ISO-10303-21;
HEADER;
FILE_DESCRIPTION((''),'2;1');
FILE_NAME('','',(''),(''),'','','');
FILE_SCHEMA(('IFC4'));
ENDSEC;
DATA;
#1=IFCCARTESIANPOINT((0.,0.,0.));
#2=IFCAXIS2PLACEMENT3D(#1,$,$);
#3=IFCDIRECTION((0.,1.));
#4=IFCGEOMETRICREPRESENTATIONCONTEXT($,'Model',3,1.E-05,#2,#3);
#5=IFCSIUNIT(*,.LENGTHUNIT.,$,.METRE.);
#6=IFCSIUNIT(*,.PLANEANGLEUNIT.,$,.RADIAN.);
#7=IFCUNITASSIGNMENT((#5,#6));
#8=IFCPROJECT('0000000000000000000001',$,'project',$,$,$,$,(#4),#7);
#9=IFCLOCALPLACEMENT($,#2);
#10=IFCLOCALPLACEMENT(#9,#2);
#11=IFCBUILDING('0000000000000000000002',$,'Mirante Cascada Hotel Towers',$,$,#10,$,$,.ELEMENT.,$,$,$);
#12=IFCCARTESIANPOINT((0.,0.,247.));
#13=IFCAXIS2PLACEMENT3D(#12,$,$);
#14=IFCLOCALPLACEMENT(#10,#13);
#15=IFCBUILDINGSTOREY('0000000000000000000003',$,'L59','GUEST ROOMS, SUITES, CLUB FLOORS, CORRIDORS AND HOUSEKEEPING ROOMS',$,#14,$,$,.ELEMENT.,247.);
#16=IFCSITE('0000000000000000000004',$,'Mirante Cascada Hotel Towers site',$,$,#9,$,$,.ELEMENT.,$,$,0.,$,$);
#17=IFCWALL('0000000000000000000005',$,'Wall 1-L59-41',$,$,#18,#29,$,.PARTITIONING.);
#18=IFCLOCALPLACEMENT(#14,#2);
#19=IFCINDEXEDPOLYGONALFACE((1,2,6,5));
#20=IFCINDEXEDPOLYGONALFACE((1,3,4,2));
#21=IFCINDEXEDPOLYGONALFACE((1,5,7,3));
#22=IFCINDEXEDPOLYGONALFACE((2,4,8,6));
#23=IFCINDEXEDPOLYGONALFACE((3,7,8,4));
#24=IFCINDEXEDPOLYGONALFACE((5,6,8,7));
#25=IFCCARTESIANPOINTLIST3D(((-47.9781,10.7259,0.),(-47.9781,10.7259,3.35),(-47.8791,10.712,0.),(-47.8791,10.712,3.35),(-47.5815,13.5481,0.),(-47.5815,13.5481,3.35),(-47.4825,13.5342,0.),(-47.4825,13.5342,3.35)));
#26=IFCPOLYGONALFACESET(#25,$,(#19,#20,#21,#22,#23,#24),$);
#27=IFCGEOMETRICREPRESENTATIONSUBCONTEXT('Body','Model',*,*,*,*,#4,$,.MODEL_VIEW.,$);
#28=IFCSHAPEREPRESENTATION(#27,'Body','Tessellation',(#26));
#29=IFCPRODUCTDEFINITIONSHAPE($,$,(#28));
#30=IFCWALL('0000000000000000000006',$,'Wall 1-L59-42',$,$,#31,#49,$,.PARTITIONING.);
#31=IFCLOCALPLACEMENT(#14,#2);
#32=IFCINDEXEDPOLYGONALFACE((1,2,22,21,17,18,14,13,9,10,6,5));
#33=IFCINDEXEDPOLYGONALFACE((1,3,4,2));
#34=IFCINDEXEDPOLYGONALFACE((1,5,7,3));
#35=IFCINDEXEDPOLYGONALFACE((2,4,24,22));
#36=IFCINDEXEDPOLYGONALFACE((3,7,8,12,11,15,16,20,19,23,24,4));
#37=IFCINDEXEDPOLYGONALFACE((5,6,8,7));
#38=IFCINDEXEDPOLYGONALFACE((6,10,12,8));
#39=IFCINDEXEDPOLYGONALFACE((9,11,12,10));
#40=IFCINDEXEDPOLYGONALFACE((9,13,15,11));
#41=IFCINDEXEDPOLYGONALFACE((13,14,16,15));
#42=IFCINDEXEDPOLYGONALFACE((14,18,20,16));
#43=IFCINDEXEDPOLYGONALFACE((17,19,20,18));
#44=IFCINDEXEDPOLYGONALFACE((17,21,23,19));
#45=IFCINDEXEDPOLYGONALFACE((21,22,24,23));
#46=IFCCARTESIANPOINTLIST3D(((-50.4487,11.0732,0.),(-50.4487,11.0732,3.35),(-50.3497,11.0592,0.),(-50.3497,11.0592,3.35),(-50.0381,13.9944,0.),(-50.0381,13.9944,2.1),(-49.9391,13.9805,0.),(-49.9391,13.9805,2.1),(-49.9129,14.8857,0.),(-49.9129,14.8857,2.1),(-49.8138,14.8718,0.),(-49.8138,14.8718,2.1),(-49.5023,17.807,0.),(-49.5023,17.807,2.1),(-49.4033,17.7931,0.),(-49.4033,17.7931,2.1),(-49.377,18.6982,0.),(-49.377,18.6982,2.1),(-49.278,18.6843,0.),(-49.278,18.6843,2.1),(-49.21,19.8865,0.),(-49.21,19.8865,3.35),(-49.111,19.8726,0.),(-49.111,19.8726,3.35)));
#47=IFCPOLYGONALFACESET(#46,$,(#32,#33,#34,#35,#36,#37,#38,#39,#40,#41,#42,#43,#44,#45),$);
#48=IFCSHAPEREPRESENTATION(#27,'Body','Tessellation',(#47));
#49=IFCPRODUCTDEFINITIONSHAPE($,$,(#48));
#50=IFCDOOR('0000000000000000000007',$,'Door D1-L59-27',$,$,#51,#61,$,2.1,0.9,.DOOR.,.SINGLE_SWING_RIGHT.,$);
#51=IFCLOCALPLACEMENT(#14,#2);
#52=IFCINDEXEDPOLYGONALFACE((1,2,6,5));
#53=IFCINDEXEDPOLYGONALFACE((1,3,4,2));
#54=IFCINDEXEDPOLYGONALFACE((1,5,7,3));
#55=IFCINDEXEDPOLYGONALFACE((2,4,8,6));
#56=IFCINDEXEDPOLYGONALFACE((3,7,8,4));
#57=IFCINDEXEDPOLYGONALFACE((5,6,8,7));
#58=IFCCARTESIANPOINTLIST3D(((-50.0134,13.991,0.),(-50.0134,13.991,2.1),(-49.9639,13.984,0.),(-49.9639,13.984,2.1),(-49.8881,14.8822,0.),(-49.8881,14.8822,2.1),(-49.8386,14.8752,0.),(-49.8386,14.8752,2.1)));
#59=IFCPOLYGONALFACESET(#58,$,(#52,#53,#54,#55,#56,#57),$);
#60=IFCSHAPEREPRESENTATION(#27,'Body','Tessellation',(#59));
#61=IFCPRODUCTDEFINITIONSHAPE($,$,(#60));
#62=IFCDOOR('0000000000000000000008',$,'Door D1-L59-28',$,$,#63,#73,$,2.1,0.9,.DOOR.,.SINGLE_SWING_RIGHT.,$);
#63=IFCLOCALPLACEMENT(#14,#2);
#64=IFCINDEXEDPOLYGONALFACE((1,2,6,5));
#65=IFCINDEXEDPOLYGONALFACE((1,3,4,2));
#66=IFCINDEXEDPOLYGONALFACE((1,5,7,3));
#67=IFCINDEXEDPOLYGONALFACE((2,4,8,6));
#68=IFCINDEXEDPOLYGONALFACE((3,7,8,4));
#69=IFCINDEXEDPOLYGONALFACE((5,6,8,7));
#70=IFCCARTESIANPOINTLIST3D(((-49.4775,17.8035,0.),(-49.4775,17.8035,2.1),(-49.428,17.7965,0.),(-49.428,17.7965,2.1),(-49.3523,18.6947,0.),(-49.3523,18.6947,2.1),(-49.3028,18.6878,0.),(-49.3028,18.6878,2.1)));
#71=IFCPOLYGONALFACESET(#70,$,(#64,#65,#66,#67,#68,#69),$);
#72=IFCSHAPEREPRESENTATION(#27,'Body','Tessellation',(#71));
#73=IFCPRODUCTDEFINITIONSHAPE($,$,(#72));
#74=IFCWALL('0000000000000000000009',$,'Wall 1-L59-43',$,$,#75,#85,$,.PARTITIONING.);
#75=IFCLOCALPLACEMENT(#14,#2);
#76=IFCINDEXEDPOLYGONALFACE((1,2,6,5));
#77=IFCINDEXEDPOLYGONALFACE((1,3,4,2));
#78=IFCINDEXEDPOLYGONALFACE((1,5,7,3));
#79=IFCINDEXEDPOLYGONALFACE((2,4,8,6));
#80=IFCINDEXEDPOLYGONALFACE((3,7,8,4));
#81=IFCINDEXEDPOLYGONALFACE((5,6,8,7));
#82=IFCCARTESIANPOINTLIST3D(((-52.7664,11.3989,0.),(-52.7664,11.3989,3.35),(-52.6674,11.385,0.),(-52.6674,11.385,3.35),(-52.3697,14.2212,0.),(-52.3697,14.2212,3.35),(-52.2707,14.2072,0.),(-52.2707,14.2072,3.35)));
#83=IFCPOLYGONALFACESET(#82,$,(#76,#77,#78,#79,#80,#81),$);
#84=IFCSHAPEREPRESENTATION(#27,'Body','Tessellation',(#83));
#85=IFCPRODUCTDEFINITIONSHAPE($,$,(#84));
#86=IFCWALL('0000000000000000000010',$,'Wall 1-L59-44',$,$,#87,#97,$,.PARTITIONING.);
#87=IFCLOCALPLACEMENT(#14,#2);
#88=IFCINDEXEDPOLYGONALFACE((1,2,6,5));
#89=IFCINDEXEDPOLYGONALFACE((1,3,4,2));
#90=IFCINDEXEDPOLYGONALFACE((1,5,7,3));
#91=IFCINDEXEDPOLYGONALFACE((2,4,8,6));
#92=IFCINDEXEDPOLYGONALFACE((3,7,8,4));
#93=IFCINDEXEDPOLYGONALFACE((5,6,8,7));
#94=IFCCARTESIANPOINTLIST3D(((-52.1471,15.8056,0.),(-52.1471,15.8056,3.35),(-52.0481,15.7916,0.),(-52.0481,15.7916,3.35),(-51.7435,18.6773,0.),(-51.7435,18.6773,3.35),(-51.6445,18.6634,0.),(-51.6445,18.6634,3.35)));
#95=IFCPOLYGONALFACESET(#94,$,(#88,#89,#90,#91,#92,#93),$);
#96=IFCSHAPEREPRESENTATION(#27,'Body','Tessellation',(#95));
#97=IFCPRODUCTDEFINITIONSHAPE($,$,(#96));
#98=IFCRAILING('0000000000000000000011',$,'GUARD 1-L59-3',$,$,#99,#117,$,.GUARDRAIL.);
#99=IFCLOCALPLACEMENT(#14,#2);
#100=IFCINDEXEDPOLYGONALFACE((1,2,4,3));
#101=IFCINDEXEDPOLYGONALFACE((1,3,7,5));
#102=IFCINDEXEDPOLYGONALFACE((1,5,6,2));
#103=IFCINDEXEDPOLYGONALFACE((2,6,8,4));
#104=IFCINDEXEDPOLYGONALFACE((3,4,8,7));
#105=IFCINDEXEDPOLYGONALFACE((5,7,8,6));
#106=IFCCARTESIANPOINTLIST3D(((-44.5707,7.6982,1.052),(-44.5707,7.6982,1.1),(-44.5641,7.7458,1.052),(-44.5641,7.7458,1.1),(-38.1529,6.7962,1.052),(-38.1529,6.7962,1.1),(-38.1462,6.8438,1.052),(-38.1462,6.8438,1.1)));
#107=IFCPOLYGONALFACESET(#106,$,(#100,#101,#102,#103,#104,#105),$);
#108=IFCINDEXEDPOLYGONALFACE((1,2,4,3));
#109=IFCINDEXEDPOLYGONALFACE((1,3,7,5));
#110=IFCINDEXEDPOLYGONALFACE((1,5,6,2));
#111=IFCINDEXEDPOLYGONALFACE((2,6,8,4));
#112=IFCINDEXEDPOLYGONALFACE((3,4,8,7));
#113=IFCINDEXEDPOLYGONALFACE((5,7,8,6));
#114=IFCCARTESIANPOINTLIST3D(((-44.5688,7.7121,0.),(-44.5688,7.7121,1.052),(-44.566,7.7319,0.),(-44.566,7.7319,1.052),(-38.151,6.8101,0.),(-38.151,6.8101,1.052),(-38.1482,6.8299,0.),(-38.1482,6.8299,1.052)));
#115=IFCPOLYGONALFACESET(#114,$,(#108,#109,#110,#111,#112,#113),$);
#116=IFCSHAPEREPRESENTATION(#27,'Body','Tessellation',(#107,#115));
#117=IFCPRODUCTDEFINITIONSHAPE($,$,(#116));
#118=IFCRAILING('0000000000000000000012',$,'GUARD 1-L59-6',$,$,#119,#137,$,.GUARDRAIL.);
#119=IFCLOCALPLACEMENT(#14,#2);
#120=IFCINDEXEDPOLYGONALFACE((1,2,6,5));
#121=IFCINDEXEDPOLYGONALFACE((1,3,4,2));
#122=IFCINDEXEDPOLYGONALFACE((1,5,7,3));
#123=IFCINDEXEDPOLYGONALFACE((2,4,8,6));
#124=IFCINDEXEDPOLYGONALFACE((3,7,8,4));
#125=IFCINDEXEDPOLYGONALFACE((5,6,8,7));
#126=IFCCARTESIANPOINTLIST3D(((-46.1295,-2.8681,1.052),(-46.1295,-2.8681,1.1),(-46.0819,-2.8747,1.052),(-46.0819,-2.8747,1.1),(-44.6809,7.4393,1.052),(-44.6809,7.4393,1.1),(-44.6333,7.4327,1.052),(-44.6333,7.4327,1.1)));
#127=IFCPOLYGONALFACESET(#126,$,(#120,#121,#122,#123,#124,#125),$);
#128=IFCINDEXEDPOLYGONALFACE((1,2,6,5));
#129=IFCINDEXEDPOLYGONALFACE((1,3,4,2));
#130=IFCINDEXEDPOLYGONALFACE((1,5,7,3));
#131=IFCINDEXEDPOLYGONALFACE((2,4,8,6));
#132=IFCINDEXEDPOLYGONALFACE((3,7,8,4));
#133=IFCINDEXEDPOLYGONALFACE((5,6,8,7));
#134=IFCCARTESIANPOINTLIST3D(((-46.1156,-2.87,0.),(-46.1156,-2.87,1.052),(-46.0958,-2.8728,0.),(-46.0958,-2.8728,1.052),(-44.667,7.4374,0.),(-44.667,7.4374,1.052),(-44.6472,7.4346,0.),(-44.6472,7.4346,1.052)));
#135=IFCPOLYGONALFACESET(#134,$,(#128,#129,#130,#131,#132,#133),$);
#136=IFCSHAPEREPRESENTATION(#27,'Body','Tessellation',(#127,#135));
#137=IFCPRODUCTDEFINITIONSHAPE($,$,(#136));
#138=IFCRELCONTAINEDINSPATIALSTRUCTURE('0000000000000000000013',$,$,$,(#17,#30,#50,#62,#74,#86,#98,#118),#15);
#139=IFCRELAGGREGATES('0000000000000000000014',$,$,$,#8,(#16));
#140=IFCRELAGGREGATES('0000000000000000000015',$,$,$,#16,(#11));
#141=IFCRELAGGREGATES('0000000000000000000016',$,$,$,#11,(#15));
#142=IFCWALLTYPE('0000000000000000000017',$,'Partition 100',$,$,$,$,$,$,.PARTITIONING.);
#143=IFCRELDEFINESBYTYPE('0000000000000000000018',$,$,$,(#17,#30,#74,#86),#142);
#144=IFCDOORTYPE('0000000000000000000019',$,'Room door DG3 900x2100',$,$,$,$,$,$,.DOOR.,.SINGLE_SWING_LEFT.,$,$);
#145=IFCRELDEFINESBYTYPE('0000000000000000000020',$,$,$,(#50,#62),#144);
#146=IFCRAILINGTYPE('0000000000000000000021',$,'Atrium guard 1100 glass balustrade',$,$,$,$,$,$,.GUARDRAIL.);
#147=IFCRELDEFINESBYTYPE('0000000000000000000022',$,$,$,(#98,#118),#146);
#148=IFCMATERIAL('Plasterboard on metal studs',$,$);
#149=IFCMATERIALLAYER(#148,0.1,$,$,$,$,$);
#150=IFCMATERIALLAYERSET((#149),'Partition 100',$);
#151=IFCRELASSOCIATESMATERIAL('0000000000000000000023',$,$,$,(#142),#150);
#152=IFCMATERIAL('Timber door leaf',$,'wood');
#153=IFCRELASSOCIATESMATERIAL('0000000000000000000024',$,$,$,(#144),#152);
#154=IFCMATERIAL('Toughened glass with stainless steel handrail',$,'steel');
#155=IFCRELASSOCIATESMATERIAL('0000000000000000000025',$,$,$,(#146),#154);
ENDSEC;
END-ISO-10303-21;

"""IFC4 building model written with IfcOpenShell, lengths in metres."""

from ifc_helpers import new_model, si_unit, direction, frame, frame_2d, origin, origin_2d, place, context, subcontext, project, spatial, rectangle, extrude, material, layer, layer_set, type_object, element, fill, save


model = new_model("IFC4")

# Units and contexts
model_context = context("Model", 3, precision=1e-05, world=origin(), true_north=direction((0.0, 1.0)))
body_context = subcontext(model_context, "Body", "Model", "MODEL_VIEW")
ifc_project = project(units=[si_unit("LENGTHUNIT", "METRE"), si_unit("PLANEANGLEUNIT", "RADIAN")], contexts=[model_context])

# Site, building, storey
site_placement = place(None, origin())
site = spatial("IfcSite", under=ifc_project, at=site_placement, Name="Mirante Cascada Hotel Towers site", CompositionType="ELEMENT", RefElevation=0.0)
building_placement = place(site_placement, origin())
building = spatial("IfcBuilding", under=site, at=building_placement, Name="Mirante Cascada Hotel Towers", CompositionType="ELEMENT")
storey_placement = place(building_placement, frame((0.0, 0.0, 247.0)))
storey = spatial("IfcBuildingStorey", under=building, at=storey_placement, Name="L59", Description="GUEST ROOMS, SUITES, CLUB FLOORS, CORRIDORS AND HOUSEKEEPING ROOMS", CompositionType="ELEMENT", Elevation=247.0)

# Shared definitions
ifc_material_1 = material(Name="Plasterboard on metal studs")
ifc_layer_1 = layer(ifc_material_1, 0.1)
ifc_layer_set_1 = layer_set([ifc_layer_1], Name="Partition 100")
wall_type_1 = type_object("IfcWallType", Name="Partition 100", PredefinedType="PARTITIONING", material=ifc_layer_set_1)
ifc_material_2 = material(Name="Timber door leaf", Category="wood")
door_type_1 = type_object("IfcDoorType", Name="Room door DG3 900x2100", OperationType="SINGLE_SWING_LEFT", PredefinedType="DOOR", material=ifc_material_2)

# Wall
wall_1_placement = place(storey_placement, frame((-47.532, 13.5412, 0.0), z_axis=(0.0, 0.0, 1.0), x_axis=(-0.139161, -0.99027, 0.0)))
element("IfcWall", 1, at=wall_1_placement, inside=storey, type_object=wall_type_1, Name="Wall 1-L59-41", PredefinedType="PARTITIONING", context=body_context, shape_type="SweptSolid", body=[
    extrude(rectangle(XDim=2.8499, YDim=0.1, at=frame_2d((1.425, 0.0))), origin(), (0.0, 0.0, 1.0), 3.35),
])

# Wall, openings, doors
wall_2_placement = place(storey_placement, frame((-50.3992, 11.0662, 0.0), z_axis=(0.0, 0.0, 1.0), x_axis=(0.139179, 0.990267, 0.0)))
wall_2 = element("IfcWall", 2, at=wall_2_placement, inside=storey, type_object=wall_type_1, Name="Wall 1-L59-42", PredefinedType="PARTITIONING", context=body_context, shape_type="SweptSolid", body=[
    extrude(rectangle(XDim=8.9, YDim=0.1, at=frame_2d((4.45, 0.0))), origin(), (0.0, 0.0, 1.0), 3.35),
])
opening_1_placement = place(wall_2_placement, frame((2.95, 0.0, 0.0)))
opening_1 = element("IfcOpeningElement", 3, at=opening_1_placement, cuts=wall_2, PredefinedType="OPENING", context=body_context, shape_type="SweptSolid", body=[
    extrude(rectangle(XDim=0.9, YDim=2.1, at=frame_2d((0.45, 1.05))), frame((0.0, 0.05, 0.0), z_axis=(0.0, -1.0, 0.0), x_axis=(1.0, 0.0, 0.0)), (0.0, 0.0, 1.0), 0.1),
])
opening_2_placement = place(wall_2_placement, frame((6.8, 0.0, 0.0)))
opening_2 = element("IfcOpeningElement", 4, at=opening_2_placement, cuts=wall_2, PredefinedType="OPENING", context=body_context, shape_type="SweptSolid", body=[
    extrude(rectangle(XDim=0.9, YDim=2.1, at=frame_2d((0.45, 1.05))), frame((0.0, 0.05, 0.0), z_axis=(0.0, -1.0, 0.0), x_axis=(1.0, 0.0, 0.0)), (0.0, 0.0, 1.0), 0.1),
])
door_1_placement = place(opening_1_placement, frame((0.9, 0.0, 0.0), z_axis=(0.0, 0.0, 1.0), x_axis=(-1.0, 0.0, 0.0)))
door_1 = element("IfcDoor", 5, at=door_1_placement, inside=storey, type_object=door_type_1, Name="Door D1-L59-27", OperationType="SINGLE_SWING_RIGHT", OverallHeight=2.1, OverallWidth=0.9, PredefinedType="DOOR", context=body_context, shape_type="SweptSolid", body=[
    extrude(rectangle(XDim=0.9, YDim=2.1, at=frame_2d((0.45, 1.05))), frame((0.0, 0.025, 0.0), z_axis=(0.0, -1.0, 0.0), x_axis=(1.0, 0.0, 0.0)), (0.0, 0.0, 1.0), 0.05),
])
fill(opening_1, door_1)
door_2_placement = place(opening_2_placement, frame((0.9, 0.0, 0.0), z_axis=(0.0, 0.0, 1.0), x_axis=(-1.0, 0.0, 0.0)))
door_2 = element("IfcDoor", 6, at=door_2_placement, inside=storey, type_object=door_type_1, Name="Door D1-L59-28", OperationType="SINGLE_SWING_RIGHT", OverallHeight=2.1, OverallWidth=0.9, PredefinedType="DOOR", context=body_context, shape_type="SweptSolid", body=[
    extrude(rectangle(XDim=0.9, YDim=2.1, at=frame_2d((0.45, 1.05))), frame((0.0, 0.025, 0.0), z_axis=(0.0, -1.0, 0.0), x_axis=(1.0, 0.0, 0.0)), (0.0, 0.0, 1.0), 0.05),
])
fill(opening_2, door_2)

# Walls
wall_3_placement = place(storey_placement, frame((-52.3202, 14.2142, 0.0), z_axis=(0.0, 0.0, 1.0), x_axis=(-0.139191, -0.990266, 0.0)))
element("IfcWall", 7, at=wall_3_placement, inside=storey, type_object=wall_type_1, Name="Wall 1-L59-43", PredefinedType="PARTITIONING", context=body_context, shape_type="SweptSolid", body=[
    extrude(rectangle(XDim=2.85, YDim=0.1, at=frame_2d((1.425, 0.0))), origin(), (0.0, 0.0, 1.0), 3.35),
])
wall_4_placement = place(storey_placement, frame((-52.0976, 15.7986, 0.0), z_axis=(0.0, 0.0, 1.0), x_axis=(0.139171, 0.990268, 0.0)))
element("IfcWall", 8, at=wall_4_placement, inside=storey, type_object=wall_type_1, Name="Wall 1-L59-44", PredefinedType="PARTITIONING", context=body_context, shape_type="SweptSolid", body=[
    extrude(rectangle(XDim=2.9, YDim=0.1, at=frame_2d((1.45, 0.0))), origin(), (0.0, 0.0, 1.0), 3.35),
])

# Railings
ifc_material_3 = material(Name="Toughened glass with stainless steel handrail", Category="steel")
railing_type = type_object("IfcRailingType", Name="Atrium guard 1100 glass balustrade", PredefinedType="GUARDRAIL", material=ifc_material_3)
railing_1_placement = place(storey_placement, frame((-44.5674, 7.722, 0.0)))
element("IfcRailing", 9, at=railing_1_placement, inside=storey, type_object=railing_type, Name="GUARD 1-L59-3", PredefinedType="GUARDRAIL", context=body_context, shape_type="SweptSolid", body=[
    extrude(rectangle(XDim=0.048, YDim=0.048, at=origin_2d()), frame((0.0, 0.0, 1.076), z_axis=(0.990267, -0.139179, 0.0), x_axis=(0.139179, 0.990267, 0.0)), (0.0, 0.0, 1.0), 6.4809),
    extrude(rectangle(XDim=0.02, YDim=1.052, at=origin_2d()), frame((0.0, 0.0, 0.526), z_axis=(0.990267, -0.139179, 0.0), x_axis=(0.139179, 0.990267, 0.0)), (0.0, 0.0, 1.0), 6.4809),
])
railing_2_placement = place(storey_placement, frame((-44.6571, 7.436, 0.0)))
element("IfcRailing", 10, at=railing_2_placement, inside=storey, type_object=railing_type, Name="GUARD 1-L59-6", PredefinedType="GUARDRAIL", context=body_context, shape_type="SweptSolid", body=[
    extrude(rectangle(XDim=0.048, YDim=0.048, at=origin_2d()), frame((0.0, 0.0, 1.076), z_axis=(-0.139172, -0.990268, 0.0), x_axis=(0.990268, -0.139172, 0.0)), (0.0, 0.0, 1.0), 10.4087),
    extrude(rectangle(XDim=0.02, YDim=1.052, at=origin_2d()), frame((0.0, 0.0, 0.526), z_axis=(-0.139172, -0.990268, 0.0), x_axis=(0.990268, -0.139172, 0.0)), (0.0, 0.0, 1.0), 10.4087),
])

save(model, "model.ifc")
